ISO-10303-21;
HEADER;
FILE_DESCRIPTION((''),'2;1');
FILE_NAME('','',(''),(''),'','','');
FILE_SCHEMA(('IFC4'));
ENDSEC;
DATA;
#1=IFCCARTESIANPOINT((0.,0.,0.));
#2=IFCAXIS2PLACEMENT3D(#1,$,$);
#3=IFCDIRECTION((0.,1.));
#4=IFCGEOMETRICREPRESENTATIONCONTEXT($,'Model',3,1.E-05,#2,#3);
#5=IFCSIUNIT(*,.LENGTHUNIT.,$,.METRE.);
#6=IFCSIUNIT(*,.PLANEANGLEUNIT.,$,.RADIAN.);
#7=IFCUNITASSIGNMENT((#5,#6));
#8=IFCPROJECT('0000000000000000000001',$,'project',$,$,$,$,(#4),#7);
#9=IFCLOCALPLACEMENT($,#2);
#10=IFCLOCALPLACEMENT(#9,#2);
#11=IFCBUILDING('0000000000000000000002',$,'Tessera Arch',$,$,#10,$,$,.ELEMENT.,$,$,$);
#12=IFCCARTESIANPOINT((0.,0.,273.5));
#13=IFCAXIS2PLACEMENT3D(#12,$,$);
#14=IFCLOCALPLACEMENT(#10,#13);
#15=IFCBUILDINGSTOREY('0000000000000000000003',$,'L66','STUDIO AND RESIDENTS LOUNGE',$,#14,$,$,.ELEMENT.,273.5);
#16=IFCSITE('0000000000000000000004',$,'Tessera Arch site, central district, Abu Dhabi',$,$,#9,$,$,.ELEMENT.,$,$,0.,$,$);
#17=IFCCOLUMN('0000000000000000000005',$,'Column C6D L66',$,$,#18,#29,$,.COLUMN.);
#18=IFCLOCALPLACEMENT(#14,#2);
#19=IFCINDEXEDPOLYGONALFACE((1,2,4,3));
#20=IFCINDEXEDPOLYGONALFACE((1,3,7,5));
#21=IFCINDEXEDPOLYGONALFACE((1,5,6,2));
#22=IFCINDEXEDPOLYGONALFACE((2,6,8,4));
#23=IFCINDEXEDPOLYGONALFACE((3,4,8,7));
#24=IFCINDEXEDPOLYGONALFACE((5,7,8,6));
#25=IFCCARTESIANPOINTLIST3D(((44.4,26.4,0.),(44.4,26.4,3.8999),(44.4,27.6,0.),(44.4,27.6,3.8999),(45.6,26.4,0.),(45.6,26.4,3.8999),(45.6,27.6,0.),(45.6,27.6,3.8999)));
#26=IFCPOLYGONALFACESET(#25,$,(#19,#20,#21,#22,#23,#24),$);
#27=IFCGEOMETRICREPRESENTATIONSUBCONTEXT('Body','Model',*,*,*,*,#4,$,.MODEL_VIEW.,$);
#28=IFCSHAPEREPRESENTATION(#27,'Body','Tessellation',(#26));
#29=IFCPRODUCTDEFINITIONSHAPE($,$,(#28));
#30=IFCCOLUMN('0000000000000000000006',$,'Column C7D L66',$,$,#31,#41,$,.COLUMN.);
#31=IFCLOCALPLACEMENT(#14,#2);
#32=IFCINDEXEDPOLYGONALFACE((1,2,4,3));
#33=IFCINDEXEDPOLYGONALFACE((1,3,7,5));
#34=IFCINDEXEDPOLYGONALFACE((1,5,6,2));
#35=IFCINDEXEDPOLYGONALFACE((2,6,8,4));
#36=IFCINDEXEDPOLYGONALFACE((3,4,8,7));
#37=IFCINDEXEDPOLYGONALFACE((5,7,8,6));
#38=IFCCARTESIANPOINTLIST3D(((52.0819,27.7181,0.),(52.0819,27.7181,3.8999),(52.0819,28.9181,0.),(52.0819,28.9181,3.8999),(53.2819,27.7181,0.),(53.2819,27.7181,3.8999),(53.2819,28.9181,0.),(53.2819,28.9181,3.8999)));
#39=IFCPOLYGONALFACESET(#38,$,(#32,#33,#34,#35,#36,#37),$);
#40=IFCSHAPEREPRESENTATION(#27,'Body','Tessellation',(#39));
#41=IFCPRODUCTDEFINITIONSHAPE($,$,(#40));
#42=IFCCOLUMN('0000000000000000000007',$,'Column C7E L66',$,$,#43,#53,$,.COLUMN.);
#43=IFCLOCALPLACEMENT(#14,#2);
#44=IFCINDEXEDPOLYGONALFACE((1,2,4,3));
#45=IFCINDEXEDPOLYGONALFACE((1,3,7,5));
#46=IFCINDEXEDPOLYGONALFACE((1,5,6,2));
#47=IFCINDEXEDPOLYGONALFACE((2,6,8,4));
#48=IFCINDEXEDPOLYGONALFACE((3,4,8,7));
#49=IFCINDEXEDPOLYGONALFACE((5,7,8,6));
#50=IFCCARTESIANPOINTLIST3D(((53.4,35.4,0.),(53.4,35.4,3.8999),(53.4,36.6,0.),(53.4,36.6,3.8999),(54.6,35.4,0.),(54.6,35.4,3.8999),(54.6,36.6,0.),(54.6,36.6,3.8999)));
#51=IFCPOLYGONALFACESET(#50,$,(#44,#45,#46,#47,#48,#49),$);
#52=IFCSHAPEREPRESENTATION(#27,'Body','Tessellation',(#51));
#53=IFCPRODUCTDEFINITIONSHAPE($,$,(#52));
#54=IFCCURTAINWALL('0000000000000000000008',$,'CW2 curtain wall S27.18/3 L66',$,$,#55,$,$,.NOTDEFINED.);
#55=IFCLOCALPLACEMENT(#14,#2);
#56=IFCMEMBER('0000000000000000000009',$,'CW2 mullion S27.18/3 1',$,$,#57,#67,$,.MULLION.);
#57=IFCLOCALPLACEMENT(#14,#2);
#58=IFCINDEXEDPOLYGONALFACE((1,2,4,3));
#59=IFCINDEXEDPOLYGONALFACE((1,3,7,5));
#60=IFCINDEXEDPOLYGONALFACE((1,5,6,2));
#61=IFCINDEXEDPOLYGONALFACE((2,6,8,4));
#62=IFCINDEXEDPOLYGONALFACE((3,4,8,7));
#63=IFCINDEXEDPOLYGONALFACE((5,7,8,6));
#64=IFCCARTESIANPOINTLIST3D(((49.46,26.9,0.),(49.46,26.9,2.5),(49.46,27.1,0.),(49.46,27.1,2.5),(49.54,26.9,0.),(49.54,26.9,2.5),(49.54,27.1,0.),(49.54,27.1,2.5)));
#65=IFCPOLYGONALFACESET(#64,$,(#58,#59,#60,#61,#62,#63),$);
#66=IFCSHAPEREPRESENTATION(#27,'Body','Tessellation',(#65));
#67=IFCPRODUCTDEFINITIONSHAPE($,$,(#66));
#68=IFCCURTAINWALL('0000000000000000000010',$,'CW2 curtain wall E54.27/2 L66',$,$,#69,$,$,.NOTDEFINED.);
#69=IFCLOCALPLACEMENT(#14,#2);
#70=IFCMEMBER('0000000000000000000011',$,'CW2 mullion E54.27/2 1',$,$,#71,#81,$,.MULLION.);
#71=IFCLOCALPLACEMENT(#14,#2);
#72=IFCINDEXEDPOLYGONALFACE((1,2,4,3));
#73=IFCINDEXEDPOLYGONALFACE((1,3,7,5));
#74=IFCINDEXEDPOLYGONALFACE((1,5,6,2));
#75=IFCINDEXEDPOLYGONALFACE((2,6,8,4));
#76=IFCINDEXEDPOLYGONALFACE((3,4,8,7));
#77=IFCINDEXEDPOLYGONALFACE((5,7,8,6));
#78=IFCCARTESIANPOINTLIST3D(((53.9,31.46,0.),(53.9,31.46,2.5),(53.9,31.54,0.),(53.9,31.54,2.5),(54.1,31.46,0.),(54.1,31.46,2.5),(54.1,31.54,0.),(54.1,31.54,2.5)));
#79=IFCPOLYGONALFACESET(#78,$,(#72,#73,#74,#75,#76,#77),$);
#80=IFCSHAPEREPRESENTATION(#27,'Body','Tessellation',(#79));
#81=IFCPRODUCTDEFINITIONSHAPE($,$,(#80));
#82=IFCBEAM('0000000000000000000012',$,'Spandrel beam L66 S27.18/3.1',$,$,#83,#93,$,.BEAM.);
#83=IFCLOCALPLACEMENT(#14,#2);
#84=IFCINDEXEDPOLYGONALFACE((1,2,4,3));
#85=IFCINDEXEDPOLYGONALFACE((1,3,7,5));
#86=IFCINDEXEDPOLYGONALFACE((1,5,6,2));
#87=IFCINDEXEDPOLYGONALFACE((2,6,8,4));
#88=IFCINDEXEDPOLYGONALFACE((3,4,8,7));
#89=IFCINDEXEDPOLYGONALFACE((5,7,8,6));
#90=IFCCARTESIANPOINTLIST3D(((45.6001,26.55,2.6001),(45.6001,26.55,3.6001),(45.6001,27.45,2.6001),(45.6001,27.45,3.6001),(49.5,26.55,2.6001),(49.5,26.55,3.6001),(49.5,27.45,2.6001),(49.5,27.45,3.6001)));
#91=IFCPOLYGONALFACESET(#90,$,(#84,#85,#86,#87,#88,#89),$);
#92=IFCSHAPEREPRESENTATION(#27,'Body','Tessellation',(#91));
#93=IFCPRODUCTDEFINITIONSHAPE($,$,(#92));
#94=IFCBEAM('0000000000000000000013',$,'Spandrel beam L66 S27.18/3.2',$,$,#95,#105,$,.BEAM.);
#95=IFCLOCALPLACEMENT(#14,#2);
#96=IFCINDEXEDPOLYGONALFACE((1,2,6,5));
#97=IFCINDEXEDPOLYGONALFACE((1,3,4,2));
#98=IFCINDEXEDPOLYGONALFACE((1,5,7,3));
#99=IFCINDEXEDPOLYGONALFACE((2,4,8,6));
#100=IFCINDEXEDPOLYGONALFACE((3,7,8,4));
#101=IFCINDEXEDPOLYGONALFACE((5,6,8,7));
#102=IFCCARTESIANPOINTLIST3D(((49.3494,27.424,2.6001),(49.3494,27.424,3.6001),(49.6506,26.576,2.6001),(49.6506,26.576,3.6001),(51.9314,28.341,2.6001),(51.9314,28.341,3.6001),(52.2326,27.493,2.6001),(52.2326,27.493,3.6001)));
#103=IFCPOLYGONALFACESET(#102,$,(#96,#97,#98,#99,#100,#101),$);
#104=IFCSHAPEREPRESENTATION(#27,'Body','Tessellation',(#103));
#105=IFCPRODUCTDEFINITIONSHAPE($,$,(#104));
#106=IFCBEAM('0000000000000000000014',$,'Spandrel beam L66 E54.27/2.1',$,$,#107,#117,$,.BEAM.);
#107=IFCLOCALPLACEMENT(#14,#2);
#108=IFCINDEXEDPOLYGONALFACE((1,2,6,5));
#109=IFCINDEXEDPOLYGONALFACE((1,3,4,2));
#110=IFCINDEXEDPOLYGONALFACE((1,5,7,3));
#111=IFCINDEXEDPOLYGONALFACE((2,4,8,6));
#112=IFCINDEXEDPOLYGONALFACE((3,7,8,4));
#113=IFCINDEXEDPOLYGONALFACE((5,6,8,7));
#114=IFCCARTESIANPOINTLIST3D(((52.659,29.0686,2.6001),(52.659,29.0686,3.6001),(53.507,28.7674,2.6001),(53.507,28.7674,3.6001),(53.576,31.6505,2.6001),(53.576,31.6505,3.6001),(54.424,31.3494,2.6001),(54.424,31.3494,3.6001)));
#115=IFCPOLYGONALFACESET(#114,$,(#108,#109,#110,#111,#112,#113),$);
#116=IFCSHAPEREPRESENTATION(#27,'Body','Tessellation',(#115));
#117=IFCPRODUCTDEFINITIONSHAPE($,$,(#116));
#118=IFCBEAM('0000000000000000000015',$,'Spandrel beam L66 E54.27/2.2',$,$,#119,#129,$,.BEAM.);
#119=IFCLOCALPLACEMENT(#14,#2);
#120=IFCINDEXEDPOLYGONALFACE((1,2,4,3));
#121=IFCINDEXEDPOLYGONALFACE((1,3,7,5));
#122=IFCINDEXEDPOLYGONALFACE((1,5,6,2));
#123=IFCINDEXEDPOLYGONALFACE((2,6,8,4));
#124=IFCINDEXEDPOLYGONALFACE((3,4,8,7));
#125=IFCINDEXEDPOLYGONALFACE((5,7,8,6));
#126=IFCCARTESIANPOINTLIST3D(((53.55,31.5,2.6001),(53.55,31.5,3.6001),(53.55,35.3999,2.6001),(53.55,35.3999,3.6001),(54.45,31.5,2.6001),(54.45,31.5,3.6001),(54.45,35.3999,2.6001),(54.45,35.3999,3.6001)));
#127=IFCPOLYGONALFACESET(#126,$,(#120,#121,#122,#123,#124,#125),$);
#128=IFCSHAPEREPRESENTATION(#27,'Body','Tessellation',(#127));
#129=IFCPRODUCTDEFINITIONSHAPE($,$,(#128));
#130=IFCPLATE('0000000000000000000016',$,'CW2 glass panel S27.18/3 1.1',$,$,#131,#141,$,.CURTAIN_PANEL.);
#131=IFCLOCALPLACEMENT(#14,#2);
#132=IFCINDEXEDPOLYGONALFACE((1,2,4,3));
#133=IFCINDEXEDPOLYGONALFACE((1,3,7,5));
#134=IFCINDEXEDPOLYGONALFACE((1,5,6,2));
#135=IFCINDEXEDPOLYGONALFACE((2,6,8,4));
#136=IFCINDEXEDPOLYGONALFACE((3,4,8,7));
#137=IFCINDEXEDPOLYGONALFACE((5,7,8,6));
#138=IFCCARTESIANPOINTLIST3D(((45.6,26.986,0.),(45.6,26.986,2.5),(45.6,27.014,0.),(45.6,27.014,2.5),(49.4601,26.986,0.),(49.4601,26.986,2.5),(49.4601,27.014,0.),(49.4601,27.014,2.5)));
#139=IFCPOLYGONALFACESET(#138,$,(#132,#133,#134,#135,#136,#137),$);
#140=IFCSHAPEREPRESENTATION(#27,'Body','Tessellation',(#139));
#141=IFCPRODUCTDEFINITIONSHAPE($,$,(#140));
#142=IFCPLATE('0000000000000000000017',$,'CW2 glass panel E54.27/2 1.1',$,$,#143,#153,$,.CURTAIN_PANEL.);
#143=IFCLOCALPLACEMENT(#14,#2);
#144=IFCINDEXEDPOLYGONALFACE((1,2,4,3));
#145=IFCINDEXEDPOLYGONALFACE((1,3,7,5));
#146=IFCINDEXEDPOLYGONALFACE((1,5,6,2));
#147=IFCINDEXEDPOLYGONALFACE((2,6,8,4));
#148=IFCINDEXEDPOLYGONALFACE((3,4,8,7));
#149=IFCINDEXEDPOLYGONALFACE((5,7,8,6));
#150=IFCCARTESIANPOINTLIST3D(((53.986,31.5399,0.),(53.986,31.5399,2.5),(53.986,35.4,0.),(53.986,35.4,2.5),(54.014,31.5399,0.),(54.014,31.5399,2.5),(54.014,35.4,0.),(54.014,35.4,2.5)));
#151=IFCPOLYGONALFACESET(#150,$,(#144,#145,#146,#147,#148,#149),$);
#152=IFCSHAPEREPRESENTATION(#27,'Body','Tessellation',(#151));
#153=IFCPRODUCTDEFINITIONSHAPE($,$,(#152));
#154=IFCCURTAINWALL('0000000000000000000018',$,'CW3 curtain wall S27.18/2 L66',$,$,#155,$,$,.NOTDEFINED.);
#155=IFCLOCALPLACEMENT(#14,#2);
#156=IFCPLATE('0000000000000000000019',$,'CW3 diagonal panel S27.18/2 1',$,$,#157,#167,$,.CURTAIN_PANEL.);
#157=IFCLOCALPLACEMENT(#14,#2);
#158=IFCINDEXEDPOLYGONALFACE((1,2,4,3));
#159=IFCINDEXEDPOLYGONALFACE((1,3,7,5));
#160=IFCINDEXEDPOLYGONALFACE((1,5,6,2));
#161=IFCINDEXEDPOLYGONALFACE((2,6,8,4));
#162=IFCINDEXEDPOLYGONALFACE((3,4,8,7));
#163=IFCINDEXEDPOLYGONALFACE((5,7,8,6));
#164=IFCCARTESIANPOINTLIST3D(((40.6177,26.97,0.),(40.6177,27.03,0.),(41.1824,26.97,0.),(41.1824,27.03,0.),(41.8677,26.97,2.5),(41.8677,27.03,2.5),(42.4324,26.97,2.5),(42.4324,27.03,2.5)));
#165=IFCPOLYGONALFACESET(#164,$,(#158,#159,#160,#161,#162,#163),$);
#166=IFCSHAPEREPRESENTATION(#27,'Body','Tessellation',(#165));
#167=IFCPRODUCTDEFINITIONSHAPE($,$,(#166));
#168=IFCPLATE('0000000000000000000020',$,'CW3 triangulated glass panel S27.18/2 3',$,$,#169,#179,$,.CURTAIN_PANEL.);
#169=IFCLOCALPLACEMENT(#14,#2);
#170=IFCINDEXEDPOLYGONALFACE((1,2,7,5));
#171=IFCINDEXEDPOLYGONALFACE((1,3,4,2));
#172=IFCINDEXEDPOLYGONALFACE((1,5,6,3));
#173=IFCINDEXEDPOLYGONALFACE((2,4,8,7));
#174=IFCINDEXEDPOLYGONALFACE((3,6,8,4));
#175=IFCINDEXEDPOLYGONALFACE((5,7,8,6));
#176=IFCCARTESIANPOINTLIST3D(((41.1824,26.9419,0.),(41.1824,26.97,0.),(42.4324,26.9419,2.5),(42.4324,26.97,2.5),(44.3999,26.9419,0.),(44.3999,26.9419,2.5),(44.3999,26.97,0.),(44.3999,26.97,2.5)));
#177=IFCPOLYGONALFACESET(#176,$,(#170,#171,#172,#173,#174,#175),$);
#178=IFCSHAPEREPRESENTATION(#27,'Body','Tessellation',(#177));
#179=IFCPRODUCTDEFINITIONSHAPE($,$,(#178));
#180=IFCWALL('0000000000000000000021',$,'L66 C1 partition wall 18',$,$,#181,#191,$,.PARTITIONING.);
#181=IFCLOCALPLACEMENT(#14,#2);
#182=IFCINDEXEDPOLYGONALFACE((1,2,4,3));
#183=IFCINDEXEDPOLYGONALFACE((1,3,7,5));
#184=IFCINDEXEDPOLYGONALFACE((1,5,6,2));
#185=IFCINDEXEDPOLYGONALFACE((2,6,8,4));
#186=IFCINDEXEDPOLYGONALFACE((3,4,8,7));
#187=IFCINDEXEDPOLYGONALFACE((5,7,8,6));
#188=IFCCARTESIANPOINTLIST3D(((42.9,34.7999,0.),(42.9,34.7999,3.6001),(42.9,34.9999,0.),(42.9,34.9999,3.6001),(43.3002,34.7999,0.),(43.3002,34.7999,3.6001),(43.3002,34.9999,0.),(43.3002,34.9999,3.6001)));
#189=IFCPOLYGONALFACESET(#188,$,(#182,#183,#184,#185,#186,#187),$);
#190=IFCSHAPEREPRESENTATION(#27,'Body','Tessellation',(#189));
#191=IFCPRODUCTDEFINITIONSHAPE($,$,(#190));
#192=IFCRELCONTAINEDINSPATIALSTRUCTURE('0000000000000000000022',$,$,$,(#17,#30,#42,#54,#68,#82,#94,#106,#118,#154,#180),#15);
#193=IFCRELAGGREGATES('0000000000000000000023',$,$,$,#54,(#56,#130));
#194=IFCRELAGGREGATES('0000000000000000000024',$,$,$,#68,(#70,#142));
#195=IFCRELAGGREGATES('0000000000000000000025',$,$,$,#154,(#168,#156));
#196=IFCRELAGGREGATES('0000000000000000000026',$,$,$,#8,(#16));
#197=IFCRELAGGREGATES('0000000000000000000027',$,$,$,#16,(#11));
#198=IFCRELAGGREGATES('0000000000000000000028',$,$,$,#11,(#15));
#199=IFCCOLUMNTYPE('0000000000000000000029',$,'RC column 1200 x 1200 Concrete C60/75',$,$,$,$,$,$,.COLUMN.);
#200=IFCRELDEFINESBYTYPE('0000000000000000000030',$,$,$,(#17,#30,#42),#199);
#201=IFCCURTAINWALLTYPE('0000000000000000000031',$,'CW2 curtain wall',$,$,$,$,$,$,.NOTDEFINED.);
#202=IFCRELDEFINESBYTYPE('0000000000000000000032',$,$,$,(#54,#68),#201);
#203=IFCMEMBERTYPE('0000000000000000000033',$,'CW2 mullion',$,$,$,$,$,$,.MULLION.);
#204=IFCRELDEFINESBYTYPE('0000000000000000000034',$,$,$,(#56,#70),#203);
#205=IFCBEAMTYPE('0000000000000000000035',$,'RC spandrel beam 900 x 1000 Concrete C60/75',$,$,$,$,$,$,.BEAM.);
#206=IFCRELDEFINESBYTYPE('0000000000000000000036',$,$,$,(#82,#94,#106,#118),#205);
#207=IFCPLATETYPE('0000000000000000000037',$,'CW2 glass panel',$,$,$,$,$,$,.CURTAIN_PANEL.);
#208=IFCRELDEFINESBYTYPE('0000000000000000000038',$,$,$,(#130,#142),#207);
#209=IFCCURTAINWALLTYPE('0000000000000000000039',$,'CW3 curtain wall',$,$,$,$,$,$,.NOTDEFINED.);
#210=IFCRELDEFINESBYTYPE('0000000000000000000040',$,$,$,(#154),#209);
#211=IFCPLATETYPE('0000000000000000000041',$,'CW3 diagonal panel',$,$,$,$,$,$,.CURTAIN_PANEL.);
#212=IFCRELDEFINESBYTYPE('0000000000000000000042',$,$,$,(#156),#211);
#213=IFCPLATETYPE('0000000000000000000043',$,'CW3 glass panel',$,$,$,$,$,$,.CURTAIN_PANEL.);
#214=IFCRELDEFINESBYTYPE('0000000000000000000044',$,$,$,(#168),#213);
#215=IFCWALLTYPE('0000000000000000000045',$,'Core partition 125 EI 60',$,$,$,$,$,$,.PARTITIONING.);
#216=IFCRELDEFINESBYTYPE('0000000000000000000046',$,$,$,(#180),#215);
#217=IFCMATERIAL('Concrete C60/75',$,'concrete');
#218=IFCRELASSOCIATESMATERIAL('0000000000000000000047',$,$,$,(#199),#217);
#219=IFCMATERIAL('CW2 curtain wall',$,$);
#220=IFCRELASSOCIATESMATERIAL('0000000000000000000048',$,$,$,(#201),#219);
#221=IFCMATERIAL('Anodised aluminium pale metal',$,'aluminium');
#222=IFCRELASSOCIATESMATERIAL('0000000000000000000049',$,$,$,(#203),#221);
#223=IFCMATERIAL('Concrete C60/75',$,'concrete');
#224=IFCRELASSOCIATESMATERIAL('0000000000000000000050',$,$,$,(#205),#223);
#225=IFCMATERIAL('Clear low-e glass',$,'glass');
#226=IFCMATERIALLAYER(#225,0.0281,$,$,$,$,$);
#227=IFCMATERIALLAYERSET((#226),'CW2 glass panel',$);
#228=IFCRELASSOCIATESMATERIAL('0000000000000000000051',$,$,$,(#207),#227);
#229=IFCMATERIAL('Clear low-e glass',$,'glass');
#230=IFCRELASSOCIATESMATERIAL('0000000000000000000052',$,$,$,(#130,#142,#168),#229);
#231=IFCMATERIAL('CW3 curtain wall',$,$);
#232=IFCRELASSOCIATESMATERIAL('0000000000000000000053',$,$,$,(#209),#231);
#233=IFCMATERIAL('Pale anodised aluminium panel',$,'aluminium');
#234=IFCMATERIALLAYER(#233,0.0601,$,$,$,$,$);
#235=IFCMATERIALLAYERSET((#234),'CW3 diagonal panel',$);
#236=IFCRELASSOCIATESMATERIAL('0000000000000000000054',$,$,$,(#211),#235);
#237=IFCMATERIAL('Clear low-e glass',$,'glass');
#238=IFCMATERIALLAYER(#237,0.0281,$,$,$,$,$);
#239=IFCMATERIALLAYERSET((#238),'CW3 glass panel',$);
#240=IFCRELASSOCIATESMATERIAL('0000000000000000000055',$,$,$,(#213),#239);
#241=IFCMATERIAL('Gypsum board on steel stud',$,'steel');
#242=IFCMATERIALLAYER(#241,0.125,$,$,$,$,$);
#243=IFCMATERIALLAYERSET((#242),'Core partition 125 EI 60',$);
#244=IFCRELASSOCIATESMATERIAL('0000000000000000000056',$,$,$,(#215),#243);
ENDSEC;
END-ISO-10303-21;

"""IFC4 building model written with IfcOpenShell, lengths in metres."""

from ifc_helpers import new_model, si_unit, direction, frame, frame_2d, origin, origin_2d, place, context, subcontext, project, spatial, polyline, rectangle, outline, extrude, material, layer, layer_set, material_profile, profile_set, type_object, element, aggregate, save


model = new_model("IFC4")

# Units and contexts
model_context = context("Model", 3, precision=1e-05, world=origin(), true_north=direction((0.0, 1.0)))
body_context = subcontext(model_context, "Body", "Model", "MODEL_VIEW")
ifc_project = project(units=[si_unit("LENGTHUNIT", "METRE"), si_unit("PLANEANGLEUNIT", "RADIAN")], contexts=[model_context])

# Site, building, storey
site_placement = place(None, origin())
site = spatial("IfcSite", under=ifc_project, at=site_placement, Name="Tessera Arch site, central district, Abu Dhabi", CompositionType="ELEMENT", RefElevation=0.0)
building_placement = place(site_placement, origin())
building = spatial("IfcBuilding", under=site, at=building_placement, Name="Tessera Arch", CompositionType="ELEMENT")
storey_placement = place(building_placement, frame((0.0, 0.0, 273.5)))
storey = spatial("IfcBuildingStorey", under=building, at=storey_placement, Name="L66", Description="STUDIO AND RESIDENTS LOUNGE", CompositionType="ELEMENT", Elevation=273.5)

# Columns
ifc_material_1 = material(Name="Concrete C60/75", Category="concrete")
ifc_material_profile_1 = material_profile(ifc_material_1, rectangle(XDim=1.2, YDim=1.2, at=origin_2d()), Name="RC column 1200 x 1200 Concrete C60/75")
ifc_profile_set_1 = profile_set([ifc_material_profile_1], Name="Concrete C60/75")
column_type = type_object("IfcColumnType", Name="RC column 1200 x 1200 Concrete C60/75", PredefinedType="COLUMN", material=ifc_profile_set_1)
for number, where, z_axis, x_axis, name in (
    (1, (45.0, 27.0, 0.0), (0.0, 0.0, 1.0), (1.0, 0.0, 0.0), "Column C6D L66"),
    (2, (52.6819, 28.3181, 0.0), (0.0, 0.0, 1.0), (1.0, 0.0, 0.0), "Column C7D L66"),
    (3, (54.0, 36.0, 0.0), (0.0, 0.0, 1.0), (1.0, 0.0, 0.0), "Column C7E L66"),
):
    element("IfcColumn", number, at=place(storey_placement, frame(where, z_axis=z_axis, x_axis=x_axis)), inside=storey, type_object=column_type, Name=name, PredefinedType="COLUMN", context=body_context, shape_type="SweptSolid", body=[
        extrude(rectangle(XDim=1.2, YDim=1.2, at=origin_2d()), origin(), (0.0, 0.0, 1.0), 3.8999),
    ])

# Curtain walls, members
ifc_material_2 = material(Name="CW2 curtain wall")
curtain_wall_type_1 = type_object("IfcCurtainWallType", Name="CW2 curtain wall", PredefinedType="NOTDEFINED", material=ifc_material_2)
curtain_wall_1_placement = place(storey_placement, origin())
curtain_wall_1 = element("IfcCurtainWall", 4, at=curtain_wall_1_placement, inside=storey, type_object=curtain_wall_type_1, Name="CW2 curtain wall S27.18/3 L66", PredefinedType="NOTDEFINED")
ifc_material_3 = material(Name="Anodised aluminium pale metal", Category="aluminium")
ifc_material_profile_2 = material_profile(ifc_material_3, rectangle(XDim=0.2, YDim=0.0801, at=origin_2d()), Name="AL 80x200")
ifc_profile_set_2 = profile_set([ifc_material_profile_2], Name="Anodised aluminium pale metal")
member_type = type_object("IfcMemberType", Name="CW2 mullion", PredefinedType="MULLION", material=ifc_profile_set_2)
member_1_placement = place(storey_placement, frame((49.5, 27.0, 0.0), z_axis=(0.0, 0.0, 1.0), x_axis=(0.0, 1.0, 0.0)))
member_1 = element("IfcMember", 5, at=member_1_placement, type_object=member_type, Name="CW2 mullion S27.18/3 1", PredefinedType="MULLION", context=body_context, shape_type="SweptSolid", body=[
    extrude(rectangle(XDim=0.2, YDim=0.0801, at=origin_2d()), origin(), (0.0, 0.0, 1.0), 2.5),
])
curtain_wall_2_placement = place(storey_placement, origin())
curtain_wall_2 = element("IfcCurtainWall", 6, at=curtain_wall_2_placement, inside=storey, type_object=curtain_wall_type_1, Name="CW2 curtain wall E54.27/2 L66", PredefinedType="NOTDEFINED")
member_2_placement = place(storey_placement, frame((54.0, 31.5, 0.0), z_axis=(0.0, 0.0, 1.0), x_axis=(-1.0, 0.0, 0.0)))
member_2 = element("IfcMember", 7, at=member_2_placement, type_object=member_type, Name="CW2 mullion E54.27/2 1", PredefinedType="MULLION", context=body_context, shape_type="SweptSolid", body=[
    extrude(rectangle(XDim=0.2, YDim=0.0801, at=origin_2d()), origin(), (0.0, 0.0, 1.0), 2.5),
])

# Beams
ifc_material_4 = material(Name="Concrete C60/75", Category="concrete")
ifc_material_profile_3 = material_profile(ifc_material_4, rectangle(XDim=0.8999, YDim=1.0, at=origin_2d()), Name="RC spandrel beam 900 x 1000 Concrete C60/75")
ifc_profile_set_3 = profile_set([ifc_material_profile_3], Name="Concrete C60/75")
beam_type = type_object("IfcBeamType", Name="RC spandrel beam 900 x 1000 Concrete C60/75", PredefinedType="BEAM", material=ifc_profile_set_3)
beam_1_placement = place(storey_placement, frame((45.6001, 27.0, 3.1001), z_axis=(1.0, 0.0, 0.0), x_axis=(0.0, 1.0, 0.0)))
element("IfcBeam", 8, at=beam_1_placement, inside=storey, type_object=beam_type, Name="Spandrel beam L66 S27.18/3.1", PredefinedType="BEAM", context=body_context, shape_type="SweptSolid", body=[
    extrude(rectangle(XDim=0.8999, YDim=1.0, at=origin_2d()), origin(), (0.0, 0.0, 1.0), 3.8999),
])
for number, where, z_axis, x_axis, name in (
    (9, (49.5, 27.0, 3.1001), (0.942337, 0.334665, 0.0), (-0.334665, 0.942337, 0.0), "Spandrel beam L66 S27.18/3.2"),
    (10, (53.083, 28.918, 3.1001), (0.334665, 0.942337, 0.0), (-0.942337, 0.334665, 0.0), "Spandrel beam L66 E54.27/2.1"),
):
    element("IfcBeam", number, at=place(storey_placement, frame(where, z_axis=z_axis, x_axis=x_axis)), inside=storey, type_object=beam_type, Name=name, PredefinedType="BEAM", context=body_context, shape_type="SweptSolid", body=[
        extrude(rectangle(XDim=0.8999, YDim=1.0, at=origin_2d()), origin(), (0.0, 0.0, 1.0), 2.74),
    ])
beam_2_placement = place(storey_placement, frame((54.0, 31.5, 3.1001), z_axis=(0.0, 1.0, 0.0), x_axis=(-1.0, 0.0, 0.0)))
element("IfcBeam", 11, at=beam_2_placement, inside=storey, type_object=beam_type, Name="Spandrel beam L66 E54.27/2.2", PredefinedType="BEAM", context=body_context, shape_type="SweptSolid", body=[
    extrude(rectangle(XDim=0.8999, YDim=1.0, at=origin_2d()), origin(), (0.0, 0.0, 1.0), 3.8999),
])

# Plates
ifc_material_5 = material(Name="Clear low-e glass", Category="glass")
ifc_material_6 = material(Name="Clear low-e glass", Category="glass")
ifc_layer_1 = layer(ifc_material_6, 0.0281)
ifc_layer_set_1 = layer_set([ifc_layer_1], Name="CW2 glass panel")
plate_type_1 = type_object("IfcPlateType", Name="CW2 glass panel", PredefinedType="CURTAIN_PANEL", material=ifc_layer_set_1)
plate_1_placement = place(storey_placement, frame((47.53, 27.0, 0.0), z_axis=(0.0, 0.0, 1.0), x_axis=(1.0, 0.0, 0.0)))
plate_1 = element("IfcPlate", 12, at=plate_1_placement, type_object=plate_type_1, material=ifc_material_5, Name="CW2 glass panel S27.18/3 1.1", PredefinedType="CURTAIN_PANEL", context=body_context, shape_type="SweptSolid", body=[
    extrude(rectangle(XDim=3.8601, YDim=0.0281, at=origin_2d()), origin(), (0.0, 0.0, 1.0), 2.5),
])
aggregate(curtain_wall_1, [member_1, plate_1])
plate_2_placement = place(storey_placement, frame((54.0, 33.47, 0.0), z_axis=(0.0, 0.0, 1.0), x_axis=(0.0, 1.0, 0.0)))
plate_2 = element("IfcPlate", 13, at=plate_2_placement, type_object=plate_type_1, material=ifc_material_5, Name="CW2 glass panel E54.27/2 1.1", PredefinedType="CURTAIN_PANEL", context=body_context, shape_type="SweptSolid", body=[
    extrude(rectangle(XDim=3.8601, YDim=0.0281, at=origin_2d()), origin(), (0.0, 0.0, 1.0), 2.5),
])
aggregate(curtain_wall_2, [member_2, plate_2])

# Curtain wall, plates
ifc_material_7 = material(Name="CW3 curtain wall")
curtain_wall_type_2 = type_object("IfcCurtainWallType", Name="CW3 curtain wall", PredefinedType="NOTDEFINED", material=ifc_material_7)
curtain_wall_3_placement = place(storey_placement, origin())
curtain_wall_3 = element("IfcCurtainWall", 14, at=curtain_wall_3_placement, inside=storey, type_object=curtain_wall_type_2, Name="CW3 curtain wall S27.18/2 L66", PredefinedType="NOTDEFINED")
ifc_material_8 = material(Name="Pale anodised aluminium panel", Category="aluminium")
ifc_layer_2 = layer(ifc_material_8, 0.0601)
ifc_layer_set_2 = layer_set([ifc_layer_2], Name="CW3 diagonal panel")
plate_type_2 = type_object("IfcPlateType", Name="CW3 diagonal panel", PredefinedType="CURTAIN_PANEL", material=ifc_layer_set_2)
plate_3_placement = place(storey_placement, frame((42.4324, 26.97, 2.5), z_axis=(0.0, -1.0, 0.0), x_axis=(-1.0, 0.0, 0.0)))
plate_3 = element("IfcPlate", 15, at=plate_3_placement, type_object=plate_type_2, Name="CW3 diagonal panel S27.18/2 1", PredefinedType="CURTAIN_PANEL", context=body_context, shape_type="SweptSolid", body=[
    extrude(outline(polyline([(0.0, 0.0), (0.5647, 0.0), (1.8147, 2.5), (1.25, 2.5), (0.0, 0.0)])), origin(), (0.0, 0.0, -1.0), 0.0601),
])
ifc_material_9 = material(Name="Clear low-e glass", Category="glass")
ifc_layer_3 = layer(ifc_material_9, 0.0281)
ifc_layer_set_3 = layer_set([ifc_layer_3], Name="CW3 glass panel")
plate_type_3 = type_object("IfcPlateType", Name="CW3 glass panel", PredefinedType="CURTAIN_PANEL", material=ifc_layer_set_3)
plate_4_placement = place(storey_placement, frame((44.3999, 26.9419, 2.5), z_axis=(0.0, -1.0, 0.0), x_axis=(-1.0, 0.0, 0.0)))
plate_4 = element("IfcPlate", 16, at=plate_4_placement, type_object=plate_type_3, material=ifc_material_5, Name="CW3 triangulated glass panel S27.18/2 3", PredefinedType="CURTAIN_PANEL", context=body_context, shape_type="SweptSolid", body=[
    extrude(outline(polyline([(0.0, 0.0), (1.9675, 0.0), (3.2175, 2.5), (0.0, 2.5), (0.0, 0.0)])), origin(), (0.0, 0.0, -1.0), 0.0281),
])
aggregate(curtain_wall_3, [plate_4, plate_3])

# Wall
ifc_material_10 = material(Name="Gypsum board on steel stud", Category="steel")
ifc_layer_4 = layer(ifc_material_10, 0.125)
ifc_layer_set_4 = layer_set([ifc_layer_4], Name="Core partition 125 EI 60")
wall_type_1 = type_object("IfcWallType", Name="Core partition 125 EI 60", PredefinedType="PARTITIONING", material=ifc_layer_set_4)
wall_1_placement = place(storey_placement, frame((42.8999, 34.8999, 0.0), z_axis=(0.0, 0.0, 1.0), x_axis=(1.0, 0.0, 0.0)))
element("IfcWall", 17, at=wall_1_placement, inside=storey, type_object=wall_type_1, Name="L66 C1 partition wall 18", PredefinedType="PARTITIONING", context=body_context, shape_type="SweptSolid", body=[
    extrude(rectangle(XDim=0.4001, YDim=0.2, at=frame_2d((0.2002, 0.0))), origin(), (0.0, 0.0, 1.0), 3.6001),
])

save(model, "model.ifc")
